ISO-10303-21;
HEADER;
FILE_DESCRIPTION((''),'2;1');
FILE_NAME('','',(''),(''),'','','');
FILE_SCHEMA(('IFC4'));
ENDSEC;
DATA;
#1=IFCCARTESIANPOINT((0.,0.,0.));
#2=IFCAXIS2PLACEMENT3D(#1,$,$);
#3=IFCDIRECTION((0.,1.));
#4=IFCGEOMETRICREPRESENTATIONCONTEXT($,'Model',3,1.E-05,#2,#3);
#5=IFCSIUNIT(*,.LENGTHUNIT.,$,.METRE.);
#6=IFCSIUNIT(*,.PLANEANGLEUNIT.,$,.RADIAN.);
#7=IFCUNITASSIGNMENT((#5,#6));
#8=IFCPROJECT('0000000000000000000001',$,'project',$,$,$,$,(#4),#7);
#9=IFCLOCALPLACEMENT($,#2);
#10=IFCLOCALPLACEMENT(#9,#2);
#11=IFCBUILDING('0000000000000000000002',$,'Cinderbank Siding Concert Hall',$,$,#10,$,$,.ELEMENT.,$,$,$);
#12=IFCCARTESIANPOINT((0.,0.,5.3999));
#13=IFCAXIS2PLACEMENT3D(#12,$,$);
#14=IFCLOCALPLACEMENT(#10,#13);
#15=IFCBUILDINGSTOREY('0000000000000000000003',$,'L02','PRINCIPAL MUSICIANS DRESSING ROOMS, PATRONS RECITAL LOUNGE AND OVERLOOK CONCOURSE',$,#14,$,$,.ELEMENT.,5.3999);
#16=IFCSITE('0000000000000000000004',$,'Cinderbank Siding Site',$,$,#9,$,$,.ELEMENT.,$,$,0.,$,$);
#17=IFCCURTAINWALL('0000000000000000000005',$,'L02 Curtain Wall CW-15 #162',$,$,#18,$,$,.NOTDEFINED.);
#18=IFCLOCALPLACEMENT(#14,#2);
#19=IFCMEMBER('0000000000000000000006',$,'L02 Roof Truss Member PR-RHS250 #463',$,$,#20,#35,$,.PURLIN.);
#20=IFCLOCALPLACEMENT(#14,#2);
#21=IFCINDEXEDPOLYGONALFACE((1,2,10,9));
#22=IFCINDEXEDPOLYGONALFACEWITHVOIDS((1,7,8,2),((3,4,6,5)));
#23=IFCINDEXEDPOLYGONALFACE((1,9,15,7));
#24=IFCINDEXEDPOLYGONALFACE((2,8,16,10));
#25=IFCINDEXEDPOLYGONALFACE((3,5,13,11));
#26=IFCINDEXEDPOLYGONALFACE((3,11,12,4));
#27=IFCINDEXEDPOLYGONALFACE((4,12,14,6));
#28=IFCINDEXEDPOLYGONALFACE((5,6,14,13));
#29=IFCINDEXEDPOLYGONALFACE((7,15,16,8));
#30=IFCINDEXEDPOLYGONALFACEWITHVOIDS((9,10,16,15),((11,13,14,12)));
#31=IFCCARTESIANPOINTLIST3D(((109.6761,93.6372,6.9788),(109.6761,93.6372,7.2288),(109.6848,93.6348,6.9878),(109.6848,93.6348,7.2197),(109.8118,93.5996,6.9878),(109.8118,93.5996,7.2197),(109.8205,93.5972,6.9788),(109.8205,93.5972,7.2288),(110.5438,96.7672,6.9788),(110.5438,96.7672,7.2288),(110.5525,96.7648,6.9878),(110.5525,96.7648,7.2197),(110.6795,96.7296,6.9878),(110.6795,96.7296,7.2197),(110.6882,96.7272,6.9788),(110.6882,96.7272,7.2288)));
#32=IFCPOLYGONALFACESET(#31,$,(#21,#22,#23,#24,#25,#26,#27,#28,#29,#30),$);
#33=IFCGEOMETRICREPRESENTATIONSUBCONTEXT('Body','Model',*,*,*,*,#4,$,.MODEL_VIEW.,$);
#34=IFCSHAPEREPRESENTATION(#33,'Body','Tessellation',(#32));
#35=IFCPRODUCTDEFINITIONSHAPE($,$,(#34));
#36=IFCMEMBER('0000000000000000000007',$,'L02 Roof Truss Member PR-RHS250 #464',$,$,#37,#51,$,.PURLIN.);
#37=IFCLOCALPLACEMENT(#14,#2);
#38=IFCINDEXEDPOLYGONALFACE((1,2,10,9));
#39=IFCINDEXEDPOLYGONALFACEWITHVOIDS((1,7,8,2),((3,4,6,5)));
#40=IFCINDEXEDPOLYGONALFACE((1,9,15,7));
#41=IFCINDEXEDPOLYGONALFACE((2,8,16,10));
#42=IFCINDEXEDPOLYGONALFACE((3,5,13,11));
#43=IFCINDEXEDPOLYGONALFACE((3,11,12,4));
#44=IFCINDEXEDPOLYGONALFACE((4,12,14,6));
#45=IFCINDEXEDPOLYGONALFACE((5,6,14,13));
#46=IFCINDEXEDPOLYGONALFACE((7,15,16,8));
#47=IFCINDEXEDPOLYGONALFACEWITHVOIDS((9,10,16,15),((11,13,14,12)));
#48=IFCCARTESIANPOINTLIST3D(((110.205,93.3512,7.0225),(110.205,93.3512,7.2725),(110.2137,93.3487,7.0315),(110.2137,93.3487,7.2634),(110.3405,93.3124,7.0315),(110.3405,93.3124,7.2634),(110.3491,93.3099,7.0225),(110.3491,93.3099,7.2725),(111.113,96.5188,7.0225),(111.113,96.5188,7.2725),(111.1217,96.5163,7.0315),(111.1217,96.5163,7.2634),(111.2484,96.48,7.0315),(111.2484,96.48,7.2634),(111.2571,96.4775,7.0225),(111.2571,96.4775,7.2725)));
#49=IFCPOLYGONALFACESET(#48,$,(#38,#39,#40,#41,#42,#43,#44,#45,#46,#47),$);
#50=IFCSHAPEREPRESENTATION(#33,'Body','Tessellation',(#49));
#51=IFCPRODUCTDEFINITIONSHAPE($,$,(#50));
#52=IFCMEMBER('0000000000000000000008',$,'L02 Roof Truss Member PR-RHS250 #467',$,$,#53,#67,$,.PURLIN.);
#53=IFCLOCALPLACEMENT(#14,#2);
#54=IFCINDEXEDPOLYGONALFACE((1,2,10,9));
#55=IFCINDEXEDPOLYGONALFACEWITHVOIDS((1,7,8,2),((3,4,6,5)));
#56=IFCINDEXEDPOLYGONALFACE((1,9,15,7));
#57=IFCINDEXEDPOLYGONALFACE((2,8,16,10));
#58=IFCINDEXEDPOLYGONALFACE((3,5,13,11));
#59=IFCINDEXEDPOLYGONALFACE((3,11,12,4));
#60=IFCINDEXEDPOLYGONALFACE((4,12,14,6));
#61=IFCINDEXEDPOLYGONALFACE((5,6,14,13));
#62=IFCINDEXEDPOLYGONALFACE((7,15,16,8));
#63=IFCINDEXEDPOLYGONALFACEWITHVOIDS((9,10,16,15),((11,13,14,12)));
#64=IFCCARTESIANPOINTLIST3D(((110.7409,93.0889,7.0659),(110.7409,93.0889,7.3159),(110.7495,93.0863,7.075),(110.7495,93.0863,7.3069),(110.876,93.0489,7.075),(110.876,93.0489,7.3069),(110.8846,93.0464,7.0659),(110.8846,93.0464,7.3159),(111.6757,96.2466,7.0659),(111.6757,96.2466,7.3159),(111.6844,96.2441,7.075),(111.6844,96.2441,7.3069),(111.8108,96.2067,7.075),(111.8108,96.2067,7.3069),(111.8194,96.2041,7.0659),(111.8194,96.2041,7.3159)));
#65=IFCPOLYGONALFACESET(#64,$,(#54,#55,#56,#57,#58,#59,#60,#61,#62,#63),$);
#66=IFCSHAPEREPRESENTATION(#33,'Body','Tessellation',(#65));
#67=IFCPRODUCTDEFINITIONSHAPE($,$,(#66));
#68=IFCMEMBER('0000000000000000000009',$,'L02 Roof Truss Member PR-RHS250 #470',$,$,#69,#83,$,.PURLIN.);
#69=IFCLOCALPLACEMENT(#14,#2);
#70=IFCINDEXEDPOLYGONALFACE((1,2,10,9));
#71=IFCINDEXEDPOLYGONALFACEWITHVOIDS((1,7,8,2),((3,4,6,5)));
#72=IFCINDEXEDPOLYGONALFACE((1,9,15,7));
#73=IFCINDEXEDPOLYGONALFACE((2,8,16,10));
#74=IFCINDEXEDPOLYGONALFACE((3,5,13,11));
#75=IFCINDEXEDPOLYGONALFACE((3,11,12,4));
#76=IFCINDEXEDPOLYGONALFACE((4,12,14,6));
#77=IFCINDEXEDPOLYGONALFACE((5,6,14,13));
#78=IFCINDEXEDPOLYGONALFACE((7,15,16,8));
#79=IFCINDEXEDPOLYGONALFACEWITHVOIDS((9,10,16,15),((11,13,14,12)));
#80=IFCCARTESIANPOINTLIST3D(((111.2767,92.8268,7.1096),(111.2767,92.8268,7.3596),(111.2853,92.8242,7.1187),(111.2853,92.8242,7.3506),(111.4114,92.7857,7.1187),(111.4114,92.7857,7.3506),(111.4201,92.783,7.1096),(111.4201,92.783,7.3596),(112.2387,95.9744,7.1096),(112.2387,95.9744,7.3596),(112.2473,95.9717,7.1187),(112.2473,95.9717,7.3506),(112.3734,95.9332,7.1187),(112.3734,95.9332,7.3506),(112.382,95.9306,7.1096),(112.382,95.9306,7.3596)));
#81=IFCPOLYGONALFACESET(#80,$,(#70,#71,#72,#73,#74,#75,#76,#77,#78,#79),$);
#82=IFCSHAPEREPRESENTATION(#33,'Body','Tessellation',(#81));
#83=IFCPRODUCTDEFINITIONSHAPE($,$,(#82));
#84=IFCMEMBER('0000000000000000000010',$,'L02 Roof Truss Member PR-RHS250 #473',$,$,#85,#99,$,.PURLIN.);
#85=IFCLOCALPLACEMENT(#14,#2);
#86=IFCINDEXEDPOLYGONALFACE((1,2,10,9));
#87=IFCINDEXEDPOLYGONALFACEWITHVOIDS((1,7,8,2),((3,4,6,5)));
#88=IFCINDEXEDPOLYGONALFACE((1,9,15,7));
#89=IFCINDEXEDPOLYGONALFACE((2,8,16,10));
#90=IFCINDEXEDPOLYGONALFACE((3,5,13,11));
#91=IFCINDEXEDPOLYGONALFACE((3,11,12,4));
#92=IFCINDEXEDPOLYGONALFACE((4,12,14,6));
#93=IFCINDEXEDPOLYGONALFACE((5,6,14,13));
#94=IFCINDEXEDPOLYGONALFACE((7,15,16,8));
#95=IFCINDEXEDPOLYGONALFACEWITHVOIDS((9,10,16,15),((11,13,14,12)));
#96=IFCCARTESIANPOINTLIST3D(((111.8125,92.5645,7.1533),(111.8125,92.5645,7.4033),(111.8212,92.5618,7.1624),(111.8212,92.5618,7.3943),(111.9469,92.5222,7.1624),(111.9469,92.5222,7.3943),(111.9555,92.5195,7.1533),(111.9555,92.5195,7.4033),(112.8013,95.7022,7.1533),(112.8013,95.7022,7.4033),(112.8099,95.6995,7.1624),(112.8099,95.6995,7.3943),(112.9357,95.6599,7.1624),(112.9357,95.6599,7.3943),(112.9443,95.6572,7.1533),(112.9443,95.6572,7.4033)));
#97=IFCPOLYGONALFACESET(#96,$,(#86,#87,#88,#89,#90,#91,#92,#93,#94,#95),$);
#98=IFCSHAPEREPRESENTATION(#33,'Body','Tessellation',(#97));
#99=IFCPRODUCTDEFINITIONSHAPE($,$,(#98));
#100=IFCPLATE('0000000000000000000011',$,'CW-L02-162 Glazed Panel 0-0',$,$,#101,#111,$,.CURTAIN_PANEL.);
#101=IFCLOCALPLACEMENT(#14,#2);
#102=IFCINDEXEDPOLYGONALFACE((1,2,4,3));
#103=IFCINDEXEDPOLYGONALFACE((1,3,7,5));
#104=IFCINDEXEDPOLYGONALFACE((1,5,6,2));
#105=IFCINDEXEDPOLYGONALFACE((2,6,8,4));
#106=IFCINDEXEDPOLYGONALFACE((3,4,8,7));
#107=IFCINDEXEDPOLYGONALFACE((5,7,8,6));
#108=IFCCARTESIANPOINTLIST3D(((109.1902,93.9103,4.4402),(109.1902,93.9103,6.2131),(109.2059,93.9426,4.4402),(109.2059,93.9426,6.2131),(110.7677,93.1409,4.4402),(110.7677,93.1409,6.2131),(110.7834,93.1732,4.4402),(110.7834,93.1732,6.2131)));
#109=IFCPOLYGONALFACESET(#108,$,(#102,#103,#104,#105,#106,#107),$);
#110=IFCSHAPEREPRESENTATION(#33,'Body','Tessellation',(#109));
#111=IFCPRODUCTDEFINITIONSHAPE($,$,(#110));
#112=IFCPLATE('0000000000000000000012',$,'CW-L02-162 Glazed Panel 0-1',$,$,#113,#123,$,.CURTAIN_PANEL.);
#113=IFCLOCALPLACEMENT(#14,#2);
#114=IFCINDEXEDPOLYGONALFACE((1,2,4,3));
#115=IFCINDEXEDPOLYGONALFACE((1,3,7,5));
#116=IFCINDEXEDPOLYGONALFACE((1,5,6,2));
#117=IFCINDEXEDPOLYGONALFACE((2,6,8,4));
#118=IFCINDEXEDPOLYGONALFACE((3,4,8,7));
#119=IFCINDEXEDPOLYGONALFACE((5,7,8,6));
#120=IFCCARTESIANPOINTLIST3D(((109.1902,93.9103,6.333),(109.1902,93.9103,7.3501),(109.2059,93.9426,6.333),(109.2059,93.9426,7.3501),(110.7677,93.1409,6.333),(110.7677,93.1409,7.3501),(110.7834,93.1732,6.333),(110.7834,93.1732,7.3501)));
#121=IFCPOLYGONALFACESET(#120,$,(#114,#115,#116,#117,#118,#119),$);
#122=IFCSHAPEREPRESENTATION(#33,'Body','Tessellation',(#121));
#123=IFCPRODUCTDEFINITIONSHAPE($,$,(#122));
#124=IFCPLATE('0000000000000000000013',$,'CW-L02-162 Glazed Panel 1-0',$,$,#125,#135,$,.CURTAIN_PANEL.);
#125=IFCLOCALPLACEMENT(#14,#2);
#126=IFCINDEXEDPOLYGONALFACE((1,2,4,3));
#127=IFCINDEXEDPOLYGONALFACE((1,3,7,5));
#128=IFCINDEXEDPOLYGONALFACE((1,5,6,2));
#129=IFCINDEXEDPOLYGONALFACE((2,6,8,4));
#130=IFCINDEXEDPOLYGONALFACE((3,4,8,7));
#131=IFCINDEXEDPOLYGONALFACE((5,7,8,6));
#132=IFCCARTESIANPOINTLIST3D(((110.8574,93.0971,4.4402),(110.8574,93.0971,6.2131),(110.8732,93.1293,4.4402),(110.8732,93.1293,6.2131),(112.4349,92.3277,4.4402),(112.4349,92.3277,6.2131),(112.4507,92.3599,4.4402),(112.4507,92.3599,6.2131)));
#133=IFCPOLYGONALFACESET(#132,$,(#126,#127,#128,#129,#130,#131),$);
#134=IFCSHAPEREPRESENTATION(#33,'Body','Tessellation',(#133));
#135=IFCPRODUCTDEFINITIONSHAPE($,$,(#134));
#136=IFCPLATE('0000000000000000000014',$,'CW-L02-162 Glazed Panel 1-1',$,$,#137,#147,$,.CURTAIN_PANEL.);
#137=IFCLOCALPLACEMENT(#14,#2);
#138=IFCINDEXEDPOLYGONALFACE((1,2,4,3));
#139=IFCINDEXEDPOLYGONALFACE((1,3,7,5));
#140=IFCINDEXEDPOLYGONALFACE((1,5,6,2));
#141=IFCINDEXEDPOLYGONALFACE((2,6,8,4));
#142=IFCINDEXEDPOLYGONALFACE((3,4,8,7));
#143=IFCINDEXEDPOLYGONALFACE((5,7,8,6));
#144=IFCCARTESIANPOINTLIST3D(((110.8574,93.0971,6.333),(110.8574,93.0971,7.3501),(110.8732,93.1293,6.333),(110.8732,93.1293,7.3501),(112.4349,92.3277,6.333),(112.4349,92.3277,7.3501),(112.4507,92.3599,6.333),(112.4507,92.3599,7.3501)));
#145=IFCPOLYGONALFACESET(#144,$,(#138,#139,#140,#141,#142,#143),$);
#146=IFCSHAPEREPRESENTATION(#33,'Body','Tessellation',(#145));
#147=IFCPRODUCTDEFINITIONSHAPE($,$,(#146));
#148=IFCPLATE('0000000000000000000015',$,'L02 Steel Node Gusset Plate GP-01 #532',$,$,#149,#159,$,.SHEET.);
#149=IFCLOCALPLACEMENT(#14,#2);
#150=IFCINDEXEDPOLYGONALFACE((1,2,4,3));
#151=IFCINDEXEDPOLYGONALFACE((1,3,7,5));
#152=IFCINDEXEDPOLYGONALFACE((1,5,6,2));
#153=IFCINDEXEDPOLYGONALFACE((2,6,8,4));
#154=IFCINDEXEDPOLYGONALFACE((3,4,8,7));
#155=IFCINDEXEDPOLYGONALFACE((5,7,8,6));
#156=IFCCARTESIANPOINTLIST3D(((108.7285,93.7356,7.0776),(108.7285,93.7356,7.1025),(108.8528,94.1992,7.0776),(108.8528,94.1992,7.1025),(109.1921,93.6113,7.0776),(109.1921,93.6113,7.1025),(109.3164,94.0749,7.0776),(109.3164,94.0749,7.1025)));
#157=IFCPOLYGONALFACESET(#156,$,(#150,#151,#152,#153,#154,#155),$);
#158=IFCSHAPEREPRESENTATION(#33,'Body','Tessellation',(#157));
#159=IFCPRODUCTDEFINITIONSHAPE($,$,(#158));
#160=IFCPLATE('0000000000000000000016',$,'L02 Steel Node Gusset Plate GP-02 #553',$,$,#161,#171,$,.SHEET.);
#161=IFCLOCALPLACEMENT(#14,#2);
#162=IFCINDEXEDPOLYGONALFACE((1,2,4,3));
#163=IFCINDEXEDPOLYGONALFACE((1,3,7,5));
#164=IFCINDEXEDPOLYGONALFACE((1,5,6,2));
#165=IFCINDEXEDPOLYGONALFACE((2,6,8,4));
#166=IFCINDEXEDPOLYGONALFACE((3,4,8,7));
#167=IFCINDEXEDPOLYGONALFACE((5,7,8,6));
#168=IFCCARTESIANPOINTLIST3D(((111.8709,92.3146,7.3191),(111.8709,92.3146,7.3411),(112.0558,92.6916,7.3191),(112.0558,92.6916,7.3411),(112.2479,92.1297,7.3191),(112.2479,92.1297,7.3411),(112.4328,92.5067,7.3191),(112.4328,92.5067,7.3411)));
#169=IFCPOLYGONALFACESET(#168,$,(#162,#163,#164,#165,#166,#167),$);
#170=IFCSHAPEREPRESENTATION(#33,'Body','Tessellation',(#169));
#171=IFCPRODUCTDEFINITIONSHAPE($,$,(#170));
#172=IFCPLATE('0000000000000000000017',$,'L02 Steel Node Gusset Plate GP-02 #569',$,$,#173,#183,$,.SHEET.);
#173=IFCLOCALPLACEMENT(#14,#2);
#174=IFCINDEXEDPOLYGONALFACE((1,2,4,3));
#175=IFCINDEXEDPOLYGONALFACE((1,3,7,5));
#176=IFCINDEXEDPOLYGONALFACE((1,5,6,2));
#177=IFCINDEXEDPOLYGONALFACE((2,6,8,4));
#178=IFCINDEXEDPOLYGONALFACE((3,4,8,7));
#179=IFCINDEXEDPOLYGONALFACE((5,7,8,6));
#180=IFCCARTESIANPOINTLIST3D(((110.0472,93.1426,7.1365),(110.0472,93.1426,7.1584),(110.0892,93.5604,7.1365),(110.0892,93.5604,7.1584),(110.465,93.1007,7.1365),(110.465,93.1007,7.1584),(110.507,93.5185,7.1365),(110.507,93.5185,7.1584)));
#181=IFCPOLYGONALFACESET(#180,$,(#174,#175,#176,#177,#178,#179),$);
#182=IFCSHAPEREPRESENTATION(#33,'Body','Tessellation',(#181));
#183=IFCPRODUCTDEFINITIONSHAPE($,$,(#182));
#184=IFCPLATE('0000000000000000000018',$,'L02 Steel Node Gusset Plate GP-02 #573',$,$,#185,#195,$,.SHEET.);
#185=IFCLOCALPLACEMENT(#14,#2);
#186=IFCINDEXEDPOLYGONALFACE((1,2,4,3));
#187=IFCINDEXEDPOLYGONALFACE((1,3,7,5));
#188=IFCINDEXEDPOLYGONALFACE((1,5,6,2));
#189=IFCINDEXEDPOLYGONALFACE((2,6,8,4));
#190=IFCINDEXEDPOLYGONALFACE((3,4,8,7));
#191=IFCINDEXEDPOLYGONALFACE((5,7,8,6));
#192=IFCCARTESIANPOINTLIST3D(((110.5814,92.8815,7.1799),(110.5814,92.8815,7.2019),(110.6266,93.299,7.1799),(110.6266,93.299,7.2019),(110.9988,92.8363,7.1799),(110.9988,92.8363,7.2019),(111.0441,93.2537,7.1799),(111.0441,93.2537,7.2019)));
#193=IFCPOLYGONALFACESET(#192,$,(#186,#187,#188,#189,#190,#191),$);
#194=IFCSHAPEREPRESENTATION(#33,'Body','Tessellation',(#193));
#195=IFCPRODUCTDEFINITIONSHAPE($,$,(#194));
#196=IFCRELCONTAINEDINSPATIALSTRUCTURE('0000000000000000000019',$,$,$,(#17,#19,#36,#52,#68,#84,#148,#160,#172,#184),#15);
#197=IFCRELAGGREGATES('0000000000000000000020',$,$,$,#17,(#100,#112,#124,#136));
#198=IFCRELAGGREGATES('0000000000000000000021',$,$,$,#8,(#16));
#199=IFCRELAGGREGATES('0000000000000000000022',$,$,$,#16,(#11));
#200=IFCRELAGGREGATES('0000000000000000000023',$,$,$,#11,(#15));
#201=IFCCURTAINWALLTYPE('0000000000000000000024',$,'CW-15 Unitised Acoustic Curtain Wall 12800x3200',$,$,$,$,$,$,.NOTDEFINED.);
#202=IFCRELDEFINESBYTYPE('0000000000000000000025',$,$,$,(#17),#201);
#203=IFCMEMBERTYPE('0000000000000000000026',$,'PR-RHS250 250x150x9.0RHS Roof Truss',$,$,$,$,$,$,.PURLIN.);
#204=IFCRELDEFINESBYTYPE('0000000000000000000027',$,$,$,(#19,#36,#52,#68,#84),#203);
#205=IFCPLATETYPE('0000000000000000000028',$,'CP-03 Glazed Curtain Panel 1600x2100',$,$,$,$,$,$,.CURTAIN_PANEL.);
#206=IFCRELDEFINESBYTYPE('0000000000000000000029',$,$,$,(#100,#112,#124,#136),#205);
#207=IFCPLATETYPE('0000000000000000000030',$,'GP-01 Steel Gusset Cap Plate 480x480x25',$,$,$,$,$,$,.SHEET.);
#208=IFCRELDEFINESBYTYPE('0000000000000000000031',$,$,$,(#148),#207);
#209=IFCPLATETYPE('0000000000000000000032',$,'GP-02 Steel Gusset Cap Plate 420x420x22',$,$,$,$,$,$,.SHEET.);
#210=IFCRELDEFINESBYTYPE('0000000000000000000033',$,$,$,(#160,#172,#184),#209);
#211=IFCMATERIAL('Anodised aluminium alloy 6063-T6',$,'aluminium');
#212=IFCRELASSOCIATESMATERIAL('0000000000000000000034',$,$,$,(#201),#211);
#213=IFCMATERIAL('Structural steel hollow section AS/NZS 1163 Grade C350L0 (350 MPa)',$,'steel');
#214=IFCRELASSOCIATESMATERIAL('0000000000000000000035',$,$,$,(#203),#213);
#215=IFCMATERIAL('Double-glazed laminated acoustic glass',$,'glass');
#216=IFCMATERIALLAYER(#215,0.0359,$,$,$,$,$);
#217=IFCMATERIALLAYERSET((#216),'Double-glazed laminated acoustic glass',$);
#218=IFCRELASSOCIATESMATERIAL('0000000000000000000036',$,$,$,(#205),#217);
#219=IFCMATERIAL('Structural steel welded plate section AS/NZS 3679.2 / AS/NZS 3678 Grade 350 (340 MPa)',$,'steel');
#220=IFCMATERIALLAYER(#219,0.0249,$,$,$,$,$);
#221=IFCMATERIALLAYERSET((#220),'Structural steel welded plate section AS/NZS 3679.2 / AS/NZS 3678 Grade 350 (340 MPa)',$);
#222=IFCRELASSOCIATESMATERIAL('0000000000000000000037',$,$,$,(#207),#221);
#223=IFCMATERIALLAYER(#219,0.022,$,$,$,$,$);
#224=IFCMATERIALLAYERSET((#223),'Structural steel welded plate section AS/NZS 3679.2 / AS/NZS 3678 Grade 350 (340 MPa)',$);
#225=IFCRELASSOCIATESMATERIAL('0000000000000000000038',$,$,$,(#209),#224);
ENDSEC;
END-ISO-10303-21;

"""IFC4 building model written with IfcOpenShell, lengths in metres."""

from ifc_helpers import new_model, si_unit, direction, frame, origin, origin_2d, place, context, subcontext, project, spatial, rectangle, hollow_rectangle, extrude, material, layer, layer_set, material_profile, profile_set, type_object, element, aggregate, save


model = new_model("IFC4")

# Units and contexts
model_context = context("Model", 3, precision=1e-05, world=origin(), true_north=direction((0.0, 1.0)))
body_context = subcontext(model_context, "Body", "Model", "MODEL_VIEW")
ifc_project = project(units=[si_unit("LENGTHUNIT", "METRE"), si_unit("PLANEANGLEUNIT", "RADIAN")], contexts=[model_context])

# Site, building, storey
site_placement = place(None, origin())
site = spatial("IfcSite", under=ifc_project, at=site_placement, Name="Cinderbank Siding Site", CompositionType="ELEMENT", RefElevation=0.0)
building_placement = place(site_placement, origin())
building = spatial("IfcBuilding", under=site, at=building_placement, Name="Cinderbank Siding Concert Hall", CompositionType="ELEMENT")
storey_placement = place(building_placement, frame((0.0, 0.0, 5.3999)))
storey = spatial("IfcBuildingStorey", under=building, at=storey_placement, Name="L02", Description="PRINCIPAL MUSICIANS DRESSING ROOMS, PATRONS RECITAL LOUNGE AND OVERLOOK CONCOURSE", CompositionType="ELEMENT", Elevation=5.3999)

# Shared definitions
ifc_material_1 = material(Name="Structural steel hollow section AS/NZS 1163 Grade C350L0 (350 MPa)", Category="steel")

# Curtain wall
ifc_material_2 = material(Name="Anodised aluminium alloy 6063-T6", Category="aluminium")
curtain_wall_type = type_object("IfcCurtainWallType", Name="CW-15 Unitised Acoustic Curtain Wall 12800x3200", PredefinedType="NOTDEFINED", material=ifc_material_2)
curtain_wall_placement = place(storey_placement, origin())
curtain_wall = element("IfcCurtainWall", 1, at=curtain_wall_placement, inside=storey, type_object=curtain_wall_type, Name="L02 Curtain Wall CW-15 #162", PredefinedType="NOTDEFINED")

# Members
ifc_material_profile_1 = material_profile(ifc_material_1, hollow_rectangle(XDim=0.1499, YDim=0.25, WallThickness=0.009, at=origin_2d()), Name="250x150x9.0RHS", Category="LoadBearing")
ifc_profile_set_1 = profile_set([ifc_material_profile_1], Name="Structural steel hollow section AS/NZS 1163 Grade C350L0 (350 MPa)")
member_type_1 = type_object("IfcMemberType", Name="PR-RHS250 250x150x9.0RHS Roof Truss", PredefinedType="PURLIN", material=ifc_profile_set_1)
member_1_placement = place(storey_placement, frame((109.7483, 93.6172, 7.1038), z_axis=(0.267148, 0.963656, 0.0), x_axis=(-0.963656, 0.267148, 0.0)))
element("IfcMember", 2, at=member_1_placement, inside=storey, type_object=member_type_1, Name="L02 Roof Truss Member PR-RHS250 #463", PredefinedType="PURLIN", context=body_context, shape_type="SweptSolid", body=[
    extrude(hollow_rectangle(XDim=0.1499, YDim=0.25, WallThickness=0.009, at=origin_2d()), origin(), (0.0, 0.0, 1.0), 3.248),
])
member_2_placement = place(storey_placement, frame((110.2771, 93.3306, 7.1475), z_axis=(0.275533, 0.961292, 0.0), x_axis=(-0.961292, 0.275533, 0.0)))
element("IfcMember", 3, at=member_2_placement, inside=storey, type_object=member_type_1, Name="L02 Roof Truss Member PR-RHS250 #464", PredefinedType="PURLIN", context=body_context, shape_type="SweptSolid", body=[
    extrude(hollow_rectangle(XDim=0.1499, YDim=0.25, WallThickness=0.009, at=origin_2d()), origin(), (0.0, 0.0, 1.0), 3.2952),
])
member_3_placement = place(storey_placement, frame((110.8127, 93.0676, 7.1909), z_axis=(0.283864, 0.958865, 0.0), x_axis=(-0.958865, 0.283864, 0.0)))
element("IfcMember", 4, at=member_3_placement, inside=storey, type_object=member_type_1, Name="L02 Roof Truss Member PR-RHS250 #467", PredefinedType="PURLIN", context=body_context, shape_type="SweptSolid", body=[
    extrude(hollow_rectangle(XDim=0.1499, YDim=0.25, WallThickness=0.009, at=origin_2d()), origin(), (0.0, 0.0, 1.0), 3.2932),
])
member_4_placement = place(storey_placement, frame((111.3484, 92.8049, 7.2346), z_axis=(0.292271, 0.956335, 0.0), x_axis=(-0.956335, 0.292271, 0.0)))
element("IfcMember", 5, at=member_4_placement, inside=storey, type_object=member_type_1, Name="L02 Roof Truss Member PR-RHS250 #470", PredefinedType="PURLIN", context=body_context, shape_type="SweptSolid", body=[
    extrude(hollow_rectangle(XDim=0.1499, YDim=0.25, WallThickness=0.009, at=origin_2d()), origin(), (0.0, 0.0, 1.0), 3.2913),
])
member_5_placement = place(storey_placement, frame((111.884, 92.542, 7.2783), z_axis=(0.300556, 0.953764, 0.0), x_axis=(-0.953764, 0.300556, 0.0)))
element("IfcMember", 6, at=member_5_placement, inside=storey, type_object=member_type_1, Name="L02 Roof Truss Member PR-RHS250 #473", PredefinedType="PURLIN", context=body_context, shape_type="SweptSolid", body=[
    extrude(hollow_rectangle(XDim=0.1499, YDim=0.25, WallThickness=0.009, at=origin_2d()), origin(), (0.0, 0.0, 1.0), 3.2898),
])

# Plates
ifc_material_3 = material(Name="Double-glazed laminated acoustic glass", Category="glass")
ifc_layer_1 = layer(ifc_material_3, 0.0359)
ifc_layer_set_1 = layer_set([ifc_layer_1], Name="Double-glazed laminated acoustic glass")
plate_type_1 = type_object("IfcPlateType", Name="CP-03 Glazed Curtain Panel 1600x2100", PredefinedType="CURTAIN_PANEL", material=ifc_layer_set_1)
plate_1_placement = place(storey_placement, frame((109.9868, 93.5417, 4.4402), z_axis=(0.0, 0.0, 1.0), x_axis=(0.898794, -0.43837, 0.0)))
plate_1 = element("IfcPlate", 7, at=plate_1_placement, type_object=plate_type_1, Name="CW-L02-162 Glazed Panel 0-0", PredefinedType="CURTAIN_PANEL", context=body_context, shape_type="SweptSolid", body=[
    extrude(rectangle(XDim=1.7551, YDim=0.0359, at=origin_2d()), origin(), (0.0, 0.0, 1.0), 1.7729),
])
plate_2_placement = place(storey_placement, frame((109.9868, 93.5417, 6.333), z_axis=(0.0, 0.0, 1.0), x_axis=(0.898794, -0.43837, 0.0)))
plate_2 = element("IfcPlate", 8, at=plate_2_placement, type_object=plate_type_1, Name="CW-L02-162 Glazed Panel 0-1", PredefinedType="CURTAIN_PANEL", context=body_context, shape_type="SweptSolid", body=[
    extrude(rectangle(XDim=1.7551, YDim=0.0359, at=origin_2d()), origin(), (0.0, 0.0, 1.0), 1.0171),
])
plate_3_placement = place(storey_placement, frame((111.6541, 92.7285, 4.4402), z_axis=(0.0, 0.0, 1.0), x_axis=(0.898794, -0.43837, 0.0)))
plate_3 = element("IfcPlate", 9, at=plate_3_placement, type_object=plate_type_1, Name="CW-L02-162 Glazed Panel 1-0", PredefinedType="CURTAIN_PANEL", context=body_context, shape_type="SweptSolid", body=[
    extrude(rectangle(XDim=1.7551, YDim=0.0359, at=origin_2d()), origin(), (0.0, 0.0, 1.0), 1.7729),
])
plate_4_placement = place(storey_placement, frame((111.6541, 92.7285, 6.333), z_axis=(0.0, 0.0, 1.0), x_axis=(0.898794, -0.43837, 0.0)))
plate_4 = element("IfcPlate", 10, at=plate_4_placement, type_object=plate_type_1, Name="CW-L02-162 Glazed Panel 1-1", PredefinedType="CURTAIN_PANEL", context=body_context, shape_type="SweptSolid", body=[
    extrude(rectangle(XDim=1.7551, YDim=0.0359, at=origin_2d()), origin(), (0.0, 0.0, 1.0), 1.0171),
])
aggregate(curtain_wall, [plate_1, plate_2, plate_3, plate_4])

# Plates
ifc_material_4 = material(Name="Structural steel welded plate section AS/NZS 3679.2 / AS/NZS 3678 Grade 350 (340 MPa)", Category="steel")
ifc_layer_2 = layer(ifc_material_4, 0.0249)
ifc_layer_set_2 = layer_set([ifc_layer_2], Name="Structural steel welded plate section AS/NZS 3679.2 / AS/NZS 3678 Grade 350 (340 MPa)")
plate_type_2 = type_object("IfcPlateType", Name="GP-01 Steel Gusset Cap Plate 480x480x25", PredefinedType="SHEET", material=ifc_layer_set_2)
plate_5_placement = place(storey_placement, frame((109.0225, 93.9053, 7.0776), z_axis=(0.0, 0.0, 1.0), x_axis=(0.965881, -0.258988, 0.0)))
element("IfcPlate", 11, at=plate_5_placement, inside=storey, type_object=plate_type_2, Name="L02 Steel Node Gusset Plate GP-01 #532", PredefinedType="SHEET", context=body_context, shape_type="SweptSolid", body=[
    extrude(rectangle(XDim=0.48, YDim=0.48, at=origin_2d()), origin(), (0.0, 0.0, 1.0), 0.0249),
])
ifc_layer_3 = layer(ifc_material_4, 0.022)
ifc_layer_set_3 = layer_set([ifc_layer_3], Name="Structural steel welded plate section AS/NZS 3679.2 / AS/NZS 3678 Grade 350 (340 MPa)")
plate_type_3 = type_object("IfcPlateType", Name="GP-02 Steel Gusset Cap Plate 420x420x22", PredefinedType="SHEET", material=ifc_layer_set_3)
for number, where, z_axis, x_axis, name in (
    (12, (112.1519, 92.4106, 7.3191), (0.0, 0.0, 1.0), (0.897797, -0.440409, 0.0), "L02 Steel Node Gusset Plate GP-02 #553"),
    (13, (110.2771, 93.3306, 7.1365), (0.0, 0.0, 1.0), (-0.099841, -0.995003, 0.0), "L02 Steel Node Gusset Plate GP-02 #569"),
    (14, (110.8127, 93.0676, 7.1799), (0.0, 0.0, 1.0), (-0.107826, -0.99417, 0.0), "L02 Steel Node Gusset Plate GP-02 #573"),
):
    element("IfcPlate", number, at=place(storey_placement, frame(where, z_axis=z_axis, x_axis=x_axis)), inside=storey, type_object=plate_type_3, Name=name, PredefinedType="SHEET", context=body_context, shape_type="SweptSolid", body=[
        extrude(rectangle(XDim=0.4199, YDim=0.4199, at=origin_2d()), origin(), (0.0, 0.0, 1.0), 0.022),
    ])

save(model, "model.ifc")
